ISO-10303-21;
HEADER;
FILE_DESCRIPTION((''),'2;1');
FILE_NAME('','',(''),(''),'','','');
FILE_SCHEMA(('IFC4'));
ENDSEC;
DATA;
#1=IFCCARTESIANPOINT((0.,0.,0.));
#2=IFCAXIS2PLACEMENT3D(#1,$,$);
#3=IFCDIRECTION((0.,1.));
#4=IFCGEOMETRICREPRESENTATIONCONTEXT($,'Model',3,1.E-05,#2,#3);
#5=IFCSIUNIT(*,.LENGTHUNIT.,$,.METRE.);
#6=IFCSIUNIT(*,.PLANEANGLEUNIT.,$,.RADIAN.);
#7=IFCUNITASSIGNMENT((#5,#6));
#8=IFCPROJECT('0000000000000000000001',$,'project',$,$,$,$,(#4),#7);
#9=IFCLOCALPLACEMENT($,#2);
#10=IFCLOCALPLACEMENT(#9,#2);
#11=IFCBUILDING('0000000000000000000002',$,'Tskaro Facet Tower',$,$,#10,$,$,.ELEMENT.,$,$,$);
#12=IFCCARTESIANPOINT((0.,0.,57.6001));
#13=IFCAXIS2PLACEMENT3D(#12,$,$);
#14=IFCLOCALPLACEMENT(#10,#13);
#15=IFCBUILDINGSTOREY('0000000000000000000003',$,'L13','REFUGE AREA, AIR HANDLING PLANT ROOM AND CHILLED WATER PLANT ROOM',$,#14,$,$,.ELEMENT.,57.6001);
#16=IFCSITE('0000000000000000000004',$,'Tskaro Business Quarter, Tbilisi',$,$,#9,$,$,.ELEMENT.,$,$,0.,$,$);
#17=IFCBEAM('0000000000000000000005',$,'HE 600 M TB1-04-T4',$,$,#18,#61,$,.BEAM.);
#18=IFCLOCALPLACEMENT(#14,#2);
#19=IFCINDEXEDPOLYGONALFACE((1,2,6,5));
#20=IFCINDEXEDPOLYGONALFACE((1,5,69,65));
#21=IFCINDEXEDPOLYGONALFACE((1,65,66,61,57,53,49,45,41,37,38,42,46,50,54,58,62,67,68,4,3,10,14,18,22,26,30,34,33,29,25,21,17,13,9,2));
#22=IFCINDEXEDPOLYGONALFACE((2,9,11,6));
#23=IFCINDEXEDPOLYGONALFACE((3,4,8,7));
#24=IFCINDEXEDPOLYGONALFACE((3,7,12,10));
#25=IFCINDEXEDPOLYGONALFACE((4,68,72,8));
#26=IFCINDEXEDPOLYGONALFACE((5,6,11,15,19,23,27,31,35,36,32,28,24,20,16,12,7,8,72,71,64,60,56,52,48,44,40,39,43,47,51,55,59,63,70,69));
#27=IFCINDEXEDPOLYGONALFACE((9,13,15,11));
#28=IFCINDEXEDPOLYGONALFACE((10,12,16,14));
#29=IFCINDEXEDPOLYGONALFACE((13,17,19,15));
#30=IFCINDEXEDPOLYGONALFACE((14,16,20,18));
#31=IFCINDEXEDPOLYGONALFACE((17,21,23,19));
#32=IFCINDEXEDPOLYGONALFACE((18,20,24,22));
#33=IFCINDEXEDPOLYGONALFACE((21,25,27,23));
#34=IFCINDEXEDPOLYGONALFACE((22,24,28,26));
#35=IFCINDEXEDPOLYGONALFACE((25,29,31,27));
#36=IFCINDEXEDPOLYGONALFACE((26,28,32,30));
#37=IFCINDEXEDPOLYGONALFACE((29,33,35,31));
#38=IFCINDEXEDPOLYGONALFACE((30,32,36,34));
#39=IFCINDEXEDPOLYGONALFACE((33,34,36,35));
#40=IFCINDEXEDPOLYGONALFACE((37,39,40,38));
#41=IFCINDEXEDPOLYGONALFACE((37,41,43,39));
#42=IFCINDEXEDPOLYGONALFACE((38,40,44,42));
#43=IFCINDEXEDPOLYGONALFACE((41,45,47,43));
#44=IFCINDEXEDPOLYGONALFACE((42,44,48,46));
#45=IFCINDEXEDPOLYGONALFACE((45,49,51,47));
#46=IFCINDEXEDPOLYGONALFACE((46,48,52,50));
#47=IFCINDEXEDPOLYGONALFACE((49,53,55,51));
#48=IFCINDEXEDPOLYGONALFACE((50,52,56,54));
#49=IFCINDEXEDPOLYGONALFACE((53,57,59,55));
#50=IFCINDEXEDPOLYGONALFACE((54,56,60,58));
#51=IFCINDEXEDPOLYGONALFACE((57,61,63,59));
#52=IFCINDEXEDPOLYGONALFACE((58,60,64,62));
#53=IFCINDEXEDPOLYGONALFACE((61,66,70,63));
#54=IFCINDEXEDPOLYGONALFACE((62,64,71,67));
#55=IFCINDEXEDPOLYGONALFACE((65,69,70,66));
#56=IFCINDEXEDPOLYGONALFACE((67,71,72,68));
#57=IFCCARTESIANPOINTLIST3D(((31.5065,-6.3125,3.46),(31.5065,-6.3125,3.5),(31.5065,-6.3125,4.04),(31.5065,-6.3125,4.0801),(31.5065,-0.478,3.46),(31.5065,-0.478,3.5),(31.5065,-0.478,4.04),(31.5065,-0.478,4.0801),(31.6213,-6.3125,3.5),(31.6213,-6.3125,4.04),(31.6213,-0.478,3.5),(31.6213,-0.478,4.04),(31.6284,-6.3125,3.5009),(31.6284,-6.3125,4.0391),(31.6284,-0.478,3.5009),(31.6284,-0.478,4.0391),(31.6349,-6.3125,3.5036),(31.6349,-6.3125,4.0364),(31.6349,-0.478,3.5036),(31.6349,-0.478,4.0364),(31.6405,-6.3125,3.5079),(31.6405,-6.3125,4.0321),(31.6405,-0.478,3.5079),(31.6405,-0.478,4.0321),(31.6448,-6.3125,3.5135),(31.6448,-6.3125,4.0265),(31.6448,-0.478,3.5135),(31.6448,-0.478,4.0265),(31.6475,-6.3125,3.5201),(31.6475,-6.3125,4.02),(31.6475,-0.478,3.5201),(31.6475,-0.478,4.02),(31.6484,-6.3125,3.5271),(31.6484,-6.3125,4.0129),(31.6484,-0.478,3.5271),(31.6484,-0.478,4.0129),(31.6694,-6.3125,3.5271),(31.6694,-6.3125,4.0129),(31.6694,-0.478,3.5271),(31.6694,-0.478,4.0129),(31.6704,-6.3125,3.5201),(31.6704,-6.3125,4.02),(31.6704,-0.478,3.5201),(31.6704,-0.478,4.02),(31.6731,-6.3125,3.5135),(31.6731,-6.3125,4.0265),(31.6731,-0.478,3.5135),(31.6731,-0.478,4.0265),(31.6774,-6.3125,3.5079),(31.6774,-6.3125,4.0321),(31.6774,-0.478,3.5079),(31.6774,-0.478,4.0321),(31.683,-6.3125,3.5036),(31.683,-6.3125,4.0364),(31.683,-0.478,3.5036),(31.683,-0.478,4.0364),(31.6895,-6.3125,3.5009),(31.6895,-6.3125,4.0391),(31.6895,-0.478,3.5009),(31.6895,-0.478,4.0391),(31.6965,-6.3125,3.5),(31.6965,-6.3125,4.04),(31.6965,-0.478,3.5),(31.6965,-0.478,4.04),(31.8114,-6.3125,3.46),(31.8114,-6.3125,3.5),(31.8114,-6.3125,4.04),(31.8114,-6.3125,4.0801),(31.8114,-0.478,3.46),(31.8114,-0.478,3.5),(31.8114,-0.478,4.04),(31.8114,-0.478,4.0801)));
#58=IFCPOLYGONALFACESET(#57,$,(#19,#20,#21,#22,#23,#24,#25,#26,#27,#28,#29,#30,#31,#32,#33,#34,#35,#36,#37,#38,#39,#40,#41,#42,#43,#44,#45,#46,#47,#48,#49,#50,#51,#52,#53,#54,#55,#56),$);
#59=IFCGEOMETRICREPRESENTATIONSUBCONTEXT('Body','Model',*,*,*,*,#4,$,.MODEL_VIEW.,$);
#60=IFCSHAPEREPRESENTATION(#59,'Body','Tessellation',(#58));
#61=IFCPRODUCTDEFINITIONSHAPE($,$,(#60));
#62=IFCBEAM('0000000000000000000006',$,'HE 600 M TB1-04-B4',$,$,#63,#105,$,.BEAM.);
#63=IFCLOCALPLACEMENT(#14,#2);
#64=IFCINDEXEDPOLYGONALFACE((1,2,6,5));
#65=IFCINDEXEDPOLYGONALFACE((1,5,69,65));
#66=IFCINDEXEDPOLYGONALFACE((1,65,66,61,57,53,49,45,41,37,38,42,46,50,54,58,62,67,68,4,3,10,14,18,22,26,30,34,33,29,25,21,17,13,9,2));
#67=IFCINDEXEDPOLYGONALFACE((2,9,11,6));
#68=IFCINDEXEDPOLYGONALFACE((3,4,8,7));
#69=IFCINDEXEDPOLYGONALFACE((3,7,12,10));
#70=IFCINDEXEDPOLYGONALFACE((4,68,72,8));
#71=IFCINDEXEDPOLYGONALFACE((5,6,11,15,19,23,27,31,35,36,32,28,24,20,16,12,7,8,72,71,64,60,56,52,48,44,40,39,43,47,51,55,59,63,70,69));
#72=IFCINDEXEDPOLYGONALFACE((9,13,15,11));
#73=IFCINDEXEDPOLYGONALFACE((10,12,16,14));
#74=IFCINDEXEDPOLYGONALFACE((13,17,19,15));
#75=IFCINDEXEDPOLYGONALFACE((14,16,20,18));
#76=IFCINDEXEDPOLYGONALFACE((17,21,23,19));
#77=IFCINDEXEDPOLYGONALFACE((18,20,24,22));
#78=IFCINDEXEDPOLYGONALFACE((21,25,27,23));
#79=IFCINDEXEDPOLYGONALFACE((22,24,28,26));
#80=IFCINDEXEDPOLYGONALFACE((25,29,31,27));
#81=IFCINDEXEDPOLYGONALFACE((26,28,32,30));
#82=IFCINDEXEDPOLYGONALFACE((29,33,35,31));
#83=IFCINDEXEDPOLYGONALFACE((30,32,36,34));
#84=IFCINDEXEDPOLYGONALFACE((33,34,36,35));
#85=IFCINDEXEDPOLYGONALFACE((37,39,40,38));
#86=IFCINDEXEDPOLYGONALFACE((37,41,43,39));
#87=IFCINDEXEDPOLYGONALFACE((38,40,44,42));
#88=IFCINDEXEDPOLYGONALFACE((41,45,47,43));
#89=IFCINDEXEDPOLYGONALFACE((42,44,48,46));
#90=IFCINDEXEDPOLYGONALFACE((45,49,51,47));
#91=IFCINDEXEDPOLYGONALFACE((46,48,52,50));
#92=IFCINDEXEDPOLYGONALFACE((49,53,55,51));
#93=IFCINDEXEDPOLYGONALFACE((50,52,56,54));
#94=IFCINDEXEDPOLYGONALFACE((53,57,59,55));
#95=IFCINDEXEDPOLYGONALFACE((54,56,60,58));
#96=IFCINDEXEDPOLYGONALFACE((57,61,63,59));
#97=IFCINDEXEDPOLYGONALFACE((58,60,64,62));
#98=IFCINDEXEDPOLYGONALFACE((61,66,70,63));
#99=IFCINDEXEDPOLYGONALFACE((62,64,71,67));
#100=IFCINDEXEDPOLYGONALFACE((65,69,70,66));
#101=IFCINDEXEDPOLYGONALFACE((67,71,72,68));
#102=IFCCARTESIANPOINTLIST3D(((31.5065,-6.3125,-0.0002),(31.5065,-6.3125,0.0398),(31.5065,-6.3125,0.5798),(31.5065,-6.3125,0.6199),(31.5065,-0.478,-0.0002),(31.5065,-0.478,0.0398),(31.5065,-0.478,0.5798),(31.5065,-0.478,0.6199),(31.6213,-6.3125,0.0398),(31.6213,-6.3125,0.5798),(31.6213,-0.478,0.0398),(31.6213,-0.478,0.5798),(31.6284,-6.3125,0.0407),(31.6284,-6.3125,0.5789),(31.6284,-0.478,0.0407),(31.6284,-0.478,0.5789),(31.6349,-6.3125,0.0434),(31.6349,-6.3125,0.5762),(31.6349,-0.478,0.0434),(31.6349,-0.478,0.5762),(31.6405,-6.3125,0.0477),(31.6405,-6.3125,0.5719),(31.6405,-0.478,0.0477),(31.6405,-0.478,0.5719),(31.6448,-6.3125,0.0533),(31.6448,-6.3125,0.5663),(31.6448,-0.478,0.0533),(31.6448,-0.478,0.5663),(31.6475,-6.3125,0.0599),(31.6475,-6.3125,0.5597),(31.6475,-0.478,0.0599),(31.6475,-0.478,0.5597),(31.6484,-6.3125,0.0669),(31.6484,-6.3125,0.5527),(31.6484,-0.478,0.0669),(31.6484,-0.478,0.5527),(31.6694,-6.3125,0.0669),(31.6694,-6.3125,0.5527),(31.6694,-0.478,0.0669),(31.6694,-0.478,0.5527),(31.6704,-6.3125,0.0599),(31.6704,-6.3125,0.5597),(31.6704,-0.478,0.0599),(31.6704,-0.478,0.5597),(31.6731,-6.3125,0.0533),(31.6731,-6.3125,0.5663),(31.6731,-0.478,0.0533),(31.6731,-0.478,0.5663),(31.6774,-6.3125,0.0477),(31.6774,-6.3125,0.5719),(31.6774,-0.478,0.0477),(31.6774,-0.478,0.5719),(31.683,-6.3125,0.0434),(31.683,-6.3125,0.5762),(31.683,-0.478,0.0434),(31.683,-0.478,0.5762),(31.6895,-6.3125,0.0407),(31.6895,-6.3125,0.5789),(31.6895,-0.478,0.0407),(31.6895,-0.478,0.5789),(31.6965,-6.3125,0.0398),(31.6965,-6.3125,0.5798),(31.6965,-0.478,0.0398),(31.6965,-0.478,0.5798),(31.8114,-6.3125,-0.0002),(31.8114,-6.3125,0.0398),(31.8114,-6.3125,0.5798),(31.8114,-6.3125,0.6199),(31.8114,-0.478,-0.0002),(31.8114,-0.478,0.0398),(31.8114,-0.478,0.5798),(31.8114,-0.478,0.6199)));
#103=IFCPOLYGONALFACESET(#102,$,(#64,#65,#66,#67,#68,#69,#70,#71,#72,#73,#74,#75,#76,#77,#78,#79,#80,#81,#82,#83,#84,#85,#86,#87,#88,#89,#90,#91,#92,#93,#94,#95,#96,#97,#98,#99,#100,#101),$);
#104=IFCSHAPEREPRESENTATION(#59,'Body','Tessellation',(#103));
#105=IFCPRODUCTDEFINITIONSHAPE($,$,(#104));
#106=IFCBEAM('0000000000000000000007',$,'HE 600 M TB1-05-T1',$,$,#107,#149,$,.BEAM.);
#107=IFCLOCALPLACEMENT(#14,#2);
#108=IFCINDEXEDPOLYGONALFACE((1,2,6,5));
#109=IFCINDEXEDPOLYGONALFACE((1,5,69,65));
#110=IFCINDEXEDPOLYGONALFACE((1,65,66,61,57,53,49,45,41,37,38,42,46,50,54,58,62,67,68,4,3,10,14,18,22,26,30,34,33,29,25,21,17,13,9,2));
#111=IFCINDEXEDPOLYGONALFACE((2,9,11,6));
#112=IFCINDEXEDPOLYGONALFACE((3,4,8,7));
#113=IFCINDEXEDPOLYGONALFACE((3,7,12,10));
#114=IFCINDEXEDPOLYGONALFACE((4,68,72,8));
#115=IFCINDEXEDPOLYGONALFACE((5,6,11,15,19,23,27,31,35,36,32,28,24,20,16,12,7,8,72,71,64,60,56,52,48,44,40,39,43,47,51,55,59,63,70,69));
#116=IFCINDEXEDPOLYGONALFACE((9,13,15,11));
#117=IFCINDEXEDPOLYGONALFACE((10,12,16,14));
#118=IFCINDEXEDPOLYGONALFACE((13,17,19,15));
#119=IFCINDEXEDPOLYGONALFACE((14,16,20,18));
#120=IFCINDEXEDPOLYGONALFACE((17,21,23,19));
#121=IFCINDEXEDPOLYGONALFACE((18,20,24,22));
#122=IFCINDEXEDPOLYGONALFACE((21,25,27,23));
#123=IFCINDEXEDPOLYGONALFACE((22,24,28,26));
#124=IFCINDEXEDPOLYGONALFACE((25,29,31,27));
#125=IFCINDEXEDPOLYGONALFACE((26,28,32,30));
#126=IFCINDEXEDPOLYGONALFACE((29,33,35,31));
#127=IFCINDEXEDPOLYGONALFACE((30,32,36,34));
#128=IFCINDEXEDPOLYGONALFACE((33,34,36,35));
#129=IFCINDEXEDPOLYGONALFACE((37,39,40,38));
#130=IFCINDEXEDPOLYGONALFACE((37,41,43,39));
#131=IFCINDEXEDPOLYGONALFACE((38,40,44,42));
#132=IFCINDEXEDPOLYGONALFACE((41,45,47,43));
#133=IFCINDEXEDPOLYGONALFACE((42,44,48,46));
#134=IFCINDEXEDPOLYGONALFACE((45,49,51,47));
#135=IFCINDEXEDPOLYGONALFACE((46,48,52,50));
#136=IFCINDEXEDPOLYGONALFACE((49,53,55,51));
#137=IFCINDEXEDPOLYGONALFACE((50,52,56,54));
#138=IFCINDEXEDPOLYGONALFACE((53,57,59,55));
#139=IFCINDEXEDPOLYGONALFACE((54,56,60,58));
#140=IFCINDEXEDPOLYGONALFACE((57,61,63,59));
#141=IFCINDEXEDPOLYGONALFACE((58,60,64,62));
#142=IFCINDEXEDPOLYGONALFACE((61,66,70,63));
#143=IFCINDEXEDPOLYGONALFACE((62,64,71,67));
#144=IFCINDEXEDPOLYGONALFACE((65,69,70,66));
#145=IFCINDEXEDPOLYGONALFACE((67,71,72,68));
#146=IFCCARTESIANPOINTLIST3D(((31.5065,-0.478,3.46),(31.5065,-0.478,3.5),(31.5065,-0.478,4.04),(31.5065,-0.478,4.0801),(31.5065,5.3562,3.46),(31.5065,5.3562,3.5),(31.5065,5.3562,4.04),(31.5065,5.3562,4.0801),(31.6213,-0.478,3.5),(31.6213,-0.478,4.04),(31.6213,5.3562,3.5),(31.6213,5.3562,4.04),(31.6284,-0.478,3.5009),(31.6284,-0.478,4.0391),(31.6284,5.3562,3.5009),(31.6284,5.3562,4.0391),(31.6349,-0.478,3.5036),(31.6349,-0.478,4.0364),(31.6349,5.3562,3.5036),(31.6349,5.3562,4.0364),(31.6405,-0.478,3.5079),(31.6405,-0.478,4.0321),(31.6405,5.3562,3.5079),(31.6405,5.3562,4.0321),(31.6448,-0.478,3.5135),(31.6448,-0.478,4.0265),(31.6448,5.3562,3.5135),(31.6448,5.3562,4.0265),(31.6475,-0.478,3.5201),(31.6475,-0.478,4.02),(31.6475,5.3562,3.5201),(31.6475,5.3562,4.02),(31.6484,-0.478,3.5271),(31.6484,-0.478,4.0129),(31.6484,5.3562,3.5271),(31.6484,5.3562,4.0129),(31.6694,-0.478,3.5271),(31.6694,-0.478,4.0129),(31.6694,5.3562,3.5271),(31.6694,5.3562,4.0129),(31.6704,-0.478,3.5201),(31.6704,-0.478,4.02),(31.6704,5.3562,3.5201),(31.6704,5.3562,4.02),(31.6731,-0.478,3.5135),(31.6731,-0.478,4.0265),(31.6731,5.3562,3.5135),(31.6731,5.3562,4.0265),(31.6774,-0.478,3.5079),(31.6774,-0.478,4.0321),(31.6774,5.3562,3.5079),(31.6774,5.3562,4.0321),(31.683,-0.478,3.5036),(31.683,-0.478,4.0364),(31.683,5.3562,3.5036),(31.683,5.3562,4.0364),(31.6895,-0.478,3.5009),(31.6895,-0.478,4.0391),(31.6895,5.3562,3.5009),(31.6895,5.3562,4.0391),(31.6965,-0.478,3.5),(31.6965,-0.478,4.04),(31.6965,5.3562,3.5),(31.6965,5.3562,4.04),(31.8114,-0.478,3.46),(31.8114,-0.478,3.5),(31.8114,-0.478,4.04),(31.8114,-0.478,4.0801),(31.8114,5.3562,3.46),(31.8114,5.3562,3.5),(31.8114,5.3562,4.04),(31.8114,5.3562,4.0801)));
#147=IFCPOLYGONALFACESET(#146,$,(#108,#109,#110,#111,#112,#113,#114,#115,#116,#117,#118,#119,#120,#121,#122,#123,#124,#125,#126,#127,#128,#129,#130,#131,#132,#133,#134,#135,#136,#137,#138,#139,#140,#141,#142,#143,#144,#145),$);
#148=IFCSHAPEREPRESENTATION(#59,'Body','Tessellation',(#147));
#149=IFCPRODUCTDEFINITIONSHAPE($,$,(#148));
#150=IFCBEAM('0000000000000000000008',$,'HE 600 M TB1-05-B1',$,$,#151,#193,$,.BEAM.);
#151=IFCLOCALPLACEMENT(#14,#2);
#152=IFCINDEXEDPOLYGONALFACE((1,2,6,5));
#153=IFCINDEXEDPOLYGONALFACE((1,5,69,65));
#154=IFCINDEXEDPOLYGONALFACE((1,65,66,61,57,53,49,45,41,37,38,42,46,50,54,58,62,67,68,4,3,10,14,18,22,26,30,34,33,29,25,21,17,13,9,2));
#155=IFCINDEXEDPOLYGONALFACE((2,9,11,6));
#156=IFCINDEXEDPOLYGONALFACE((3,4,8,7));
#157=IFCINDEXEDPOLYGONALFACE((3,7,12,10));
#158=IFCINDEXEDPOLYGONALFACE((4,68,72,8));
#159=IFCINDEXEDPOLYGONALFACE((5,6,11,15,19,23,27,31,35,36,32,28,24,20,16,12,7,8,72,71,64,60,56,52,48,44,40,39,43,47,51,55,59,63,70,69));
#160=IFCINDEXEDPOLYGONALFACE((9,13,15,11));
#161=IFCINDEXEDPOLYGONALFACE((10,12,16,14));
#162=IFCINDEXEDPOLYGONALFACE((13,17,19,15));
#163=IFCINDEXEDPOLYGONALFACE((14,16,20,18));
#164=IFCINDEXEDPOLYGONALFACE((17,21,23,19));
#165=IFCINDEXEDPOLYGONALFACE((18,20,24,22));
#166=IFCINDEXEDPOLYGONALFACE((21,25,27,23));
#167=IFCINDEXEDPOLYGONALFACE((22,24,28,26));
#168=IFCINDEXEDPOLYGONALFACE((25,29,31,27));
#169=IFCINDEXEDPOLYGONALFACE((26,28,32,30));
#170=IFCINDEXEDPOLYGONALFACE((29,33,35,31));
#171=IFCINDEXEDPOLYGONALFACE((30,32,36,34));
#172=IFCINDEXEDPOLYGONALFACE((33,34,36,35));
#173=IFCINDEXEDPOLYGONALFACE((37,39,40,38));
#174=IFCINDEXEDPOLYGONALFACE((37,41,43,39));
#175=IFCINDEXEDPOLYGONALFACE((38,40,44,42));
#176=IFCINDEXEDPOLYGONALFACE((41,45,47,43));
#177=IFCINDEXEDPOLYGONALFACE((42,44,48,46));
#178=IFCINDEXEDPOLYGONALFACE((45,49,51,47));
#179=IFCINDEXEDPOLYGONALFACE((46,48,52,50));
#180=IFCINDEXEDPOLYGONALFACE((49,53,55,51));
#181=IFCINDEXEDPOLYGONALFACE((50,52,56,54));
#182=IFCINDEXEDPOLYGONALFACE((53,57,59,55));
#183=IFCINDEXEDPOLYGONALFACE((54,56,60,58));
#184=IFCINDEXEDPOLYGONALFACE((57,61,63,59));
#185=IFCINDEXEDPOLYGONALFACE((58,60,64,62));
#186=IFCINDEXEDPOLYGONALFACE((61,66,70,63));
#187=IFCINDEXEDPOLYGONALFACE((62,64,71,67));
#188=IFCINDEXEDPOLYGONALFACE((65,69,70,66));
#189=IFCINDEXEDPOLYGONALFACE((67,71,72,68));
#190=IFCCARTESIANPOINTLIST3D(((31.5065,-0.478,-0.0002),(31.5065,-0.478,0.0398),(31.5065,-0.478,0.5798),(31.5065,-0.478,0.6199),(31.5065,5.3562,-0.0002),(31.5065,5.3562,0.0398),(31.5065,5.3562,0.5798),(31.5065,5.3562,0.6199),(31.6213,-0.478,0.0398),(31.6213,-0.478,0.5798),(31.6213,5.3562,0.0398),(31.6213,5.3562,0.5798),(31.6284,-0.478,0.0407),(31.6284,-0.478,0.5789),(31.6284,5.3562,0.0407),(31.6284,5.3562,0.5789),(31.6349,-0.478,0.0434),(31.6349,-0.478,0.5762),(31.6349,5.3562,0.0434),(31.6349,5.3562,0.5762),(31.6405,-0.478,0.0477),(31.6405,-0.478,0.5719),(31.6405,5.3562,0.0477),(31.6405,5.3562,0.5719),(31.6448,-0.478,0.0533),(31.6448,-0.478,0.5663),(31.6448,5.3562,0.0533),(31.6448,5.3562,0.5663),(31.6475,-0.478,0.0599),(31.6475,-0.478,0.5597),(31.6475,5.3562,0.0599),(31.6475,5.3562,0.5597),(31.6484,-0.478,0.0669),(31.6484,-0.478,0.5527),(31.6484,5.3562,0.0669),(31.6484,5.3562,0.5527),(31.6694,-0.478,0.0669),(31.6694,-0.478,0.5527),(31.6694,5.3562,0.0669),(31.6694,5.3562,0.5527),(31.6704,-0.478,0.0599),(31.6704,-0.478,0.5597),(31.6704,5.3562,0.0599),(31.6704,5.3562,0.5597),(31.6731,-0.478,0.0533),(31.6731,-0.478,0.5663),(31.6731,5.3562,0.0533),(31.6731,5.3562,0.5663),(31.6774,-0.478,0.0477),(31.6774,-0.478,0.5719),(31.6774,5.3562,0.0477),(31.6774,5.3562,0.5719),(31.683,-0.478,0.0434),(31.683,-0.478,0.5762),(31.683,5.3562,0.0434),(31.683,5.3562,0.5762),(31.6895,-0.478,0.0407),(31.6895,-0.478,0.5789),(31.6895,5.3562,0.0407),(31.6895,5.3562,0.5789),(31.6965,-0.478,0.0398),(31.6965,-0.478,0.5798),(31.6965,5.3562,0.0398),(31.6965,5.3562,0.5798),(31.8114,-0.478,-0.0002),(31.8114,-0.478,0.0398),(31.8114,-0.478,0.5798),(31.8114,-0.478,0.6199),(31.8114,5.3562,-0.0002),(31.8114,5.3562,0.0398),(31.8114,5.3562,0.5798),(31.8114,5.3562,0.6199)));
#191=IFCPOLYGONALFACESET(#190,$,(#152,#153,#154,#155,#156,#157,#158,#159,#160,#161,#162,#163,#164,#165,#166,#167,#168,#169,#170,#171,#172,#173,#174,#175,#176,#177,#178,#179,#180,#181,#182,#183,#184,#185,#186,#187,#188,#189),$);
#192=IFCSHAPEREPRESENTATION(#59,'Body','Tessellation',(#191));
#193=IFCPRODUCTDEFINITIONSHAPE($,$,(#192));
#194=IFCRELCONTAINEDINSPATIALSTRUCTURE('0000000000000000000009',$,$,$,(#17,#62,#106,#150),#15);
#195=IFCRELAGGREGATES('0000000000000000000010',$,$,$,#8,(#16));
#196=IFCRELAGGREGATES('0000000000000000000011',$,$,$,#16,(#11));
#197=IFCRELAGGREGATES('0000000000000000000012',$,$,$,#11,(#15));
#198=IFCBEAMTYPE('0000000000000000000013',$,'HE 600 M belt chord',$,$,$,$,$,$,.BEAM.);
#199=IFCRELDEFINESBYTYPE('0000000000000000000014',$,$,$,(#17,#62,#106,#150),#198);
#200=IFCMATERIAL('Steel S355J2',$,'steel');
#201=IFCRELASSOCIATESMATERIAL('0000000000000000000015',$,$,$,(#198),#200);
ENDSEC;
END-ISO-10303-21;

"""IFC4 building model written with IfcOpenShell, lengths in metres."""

from ifc_helpers import new_model, si_unit, direction, frame, origin, origin_2d, place, context, subcontext, project, spatial, i_section, extrude, material, material_profile, profile_set, type_object, element, save


model = new_model("IFC4")

# Units and contexts
model_context = context("Model", 3, precision=1e-05, world=origin(), true_north=direction((0.0, 1.0)))
body_context = subcontext(model_context, "Body", "Model", "MODEL_VIEW")
ifc_project = project(units=[si_unit("LENGTHUNIT", "METRE"), si_unit("PLANEANGLEUNIT", "RADIAN")], contexts=[model_context])

# Site, building, storey
site_placement = place(None, origin())
site = spatial("IfcSite", under=ifc_project, at=site_placement, Name="Tskaro Business Quarter, Tbilisi", CompositionType="ELEMENT", RefElevation=0.0)
building_placement = place(site_placement, origin())
building = spatial("IfcBuilding", under=site, at=building_placement, Name="Tskaro Facet Tower", CompositionType="ELEMENT")
storey_placement = place(building_placement, frame((0.0, 0.0, 57.6001)))
storey = spatial("IfcBuildingStorey", under=building, at=storey_placement, Name="L13", Description="REFUGE AREA, AIR HANDLING PLANT ROOM AND CHILLED WATER PLANT ROOM", CompositionType="ELEMENT", Elevation=57.6001)

# Shared definitions
ifc_material_1 = material(Name="Steel S355J2", Category="steel")

# Beams
ifc_material_profile_1 = material_profile(ifc_material_1, i_section(OverallWidth=0.3049, OverallDepth=0.6201, WebThickness=0.021, FlangeThickness=0.04, FilletRadius=0.0271, at=origin_2d()), Name="HE 600 M")
ifc_profile_set_1 = profile_set([ifc_material_profile_1], Name="Steel S355J2")
beam_type_1 = type_object("IfcBeamType", Name="HE 600 M belt chord", PredefinedType="BEAM", material=ifc_profile_set_1)
for number, where, z_axis, x_axis, name in (
    (1, (31.6589, -6.3125, 3.77), (0.0, 1.0, 0.0), (-1.0, 0.0, 0.0), "HE 600 M TB1-04-T4"),
    (2, (31.6589, -6.3125, 0.3098), (0.0, 1.0, 0.0), (-1.0, 0.0, 0.0), "HE 600 M TB1-04-B4"),
):
    element("IfcBeam", number, at=place(storey_placement, frame(where, z_axis=z_axis, x_axis=x_axis)), inside=storey, type_object=beam_type_1, Name=name, PredefinedType="BEAM", context=body_context, shape_type="SweptSolid", body=[
        extrude(i_section(OverallWidth=0.3049, OverallDepth=0.6201, WebThickness=0.021, FlangeThickness=0.04, FilletRadius=0.0271, at=origin_2d()), origin(), (0.0, 0.0, 1.0), 5.8345),
    ])
for number, where, z_axis, x_axis, name in (
    (3, (31.6589, -0.478, 3.77), (0.0, 1.0, 0.0), (-1.0, 0.0, 0.0), "HE 600 M TB1-05-T1"),
    (4, (31.6589, -0.478, 0.3098), (0.0, 1.0, 0.0), (-1.0, 0.0, 0.0), "HE 600 M TB1-05-B1"),
):
    element("IfcBeam", number, at=place(storey_placement, frame(where, z_axis=z_axis, x_axis=x_axis)), inside=storey, type_object=beam_type_1, Name=name, PredefinedType="BEAM", context=body_context, shape_type="SweptSolid", body=[
        extrude(i_section(OverallWidth=0.3049, OverallDepth=0.6201, WebThickness=0.021, FlangeThickness=0.04, FilletRadius=0.0271, at=origin_2d()), origin(), (0.0, 0.0, 1.0), 5.8342),
    ])

save(model, "model.ifc")
